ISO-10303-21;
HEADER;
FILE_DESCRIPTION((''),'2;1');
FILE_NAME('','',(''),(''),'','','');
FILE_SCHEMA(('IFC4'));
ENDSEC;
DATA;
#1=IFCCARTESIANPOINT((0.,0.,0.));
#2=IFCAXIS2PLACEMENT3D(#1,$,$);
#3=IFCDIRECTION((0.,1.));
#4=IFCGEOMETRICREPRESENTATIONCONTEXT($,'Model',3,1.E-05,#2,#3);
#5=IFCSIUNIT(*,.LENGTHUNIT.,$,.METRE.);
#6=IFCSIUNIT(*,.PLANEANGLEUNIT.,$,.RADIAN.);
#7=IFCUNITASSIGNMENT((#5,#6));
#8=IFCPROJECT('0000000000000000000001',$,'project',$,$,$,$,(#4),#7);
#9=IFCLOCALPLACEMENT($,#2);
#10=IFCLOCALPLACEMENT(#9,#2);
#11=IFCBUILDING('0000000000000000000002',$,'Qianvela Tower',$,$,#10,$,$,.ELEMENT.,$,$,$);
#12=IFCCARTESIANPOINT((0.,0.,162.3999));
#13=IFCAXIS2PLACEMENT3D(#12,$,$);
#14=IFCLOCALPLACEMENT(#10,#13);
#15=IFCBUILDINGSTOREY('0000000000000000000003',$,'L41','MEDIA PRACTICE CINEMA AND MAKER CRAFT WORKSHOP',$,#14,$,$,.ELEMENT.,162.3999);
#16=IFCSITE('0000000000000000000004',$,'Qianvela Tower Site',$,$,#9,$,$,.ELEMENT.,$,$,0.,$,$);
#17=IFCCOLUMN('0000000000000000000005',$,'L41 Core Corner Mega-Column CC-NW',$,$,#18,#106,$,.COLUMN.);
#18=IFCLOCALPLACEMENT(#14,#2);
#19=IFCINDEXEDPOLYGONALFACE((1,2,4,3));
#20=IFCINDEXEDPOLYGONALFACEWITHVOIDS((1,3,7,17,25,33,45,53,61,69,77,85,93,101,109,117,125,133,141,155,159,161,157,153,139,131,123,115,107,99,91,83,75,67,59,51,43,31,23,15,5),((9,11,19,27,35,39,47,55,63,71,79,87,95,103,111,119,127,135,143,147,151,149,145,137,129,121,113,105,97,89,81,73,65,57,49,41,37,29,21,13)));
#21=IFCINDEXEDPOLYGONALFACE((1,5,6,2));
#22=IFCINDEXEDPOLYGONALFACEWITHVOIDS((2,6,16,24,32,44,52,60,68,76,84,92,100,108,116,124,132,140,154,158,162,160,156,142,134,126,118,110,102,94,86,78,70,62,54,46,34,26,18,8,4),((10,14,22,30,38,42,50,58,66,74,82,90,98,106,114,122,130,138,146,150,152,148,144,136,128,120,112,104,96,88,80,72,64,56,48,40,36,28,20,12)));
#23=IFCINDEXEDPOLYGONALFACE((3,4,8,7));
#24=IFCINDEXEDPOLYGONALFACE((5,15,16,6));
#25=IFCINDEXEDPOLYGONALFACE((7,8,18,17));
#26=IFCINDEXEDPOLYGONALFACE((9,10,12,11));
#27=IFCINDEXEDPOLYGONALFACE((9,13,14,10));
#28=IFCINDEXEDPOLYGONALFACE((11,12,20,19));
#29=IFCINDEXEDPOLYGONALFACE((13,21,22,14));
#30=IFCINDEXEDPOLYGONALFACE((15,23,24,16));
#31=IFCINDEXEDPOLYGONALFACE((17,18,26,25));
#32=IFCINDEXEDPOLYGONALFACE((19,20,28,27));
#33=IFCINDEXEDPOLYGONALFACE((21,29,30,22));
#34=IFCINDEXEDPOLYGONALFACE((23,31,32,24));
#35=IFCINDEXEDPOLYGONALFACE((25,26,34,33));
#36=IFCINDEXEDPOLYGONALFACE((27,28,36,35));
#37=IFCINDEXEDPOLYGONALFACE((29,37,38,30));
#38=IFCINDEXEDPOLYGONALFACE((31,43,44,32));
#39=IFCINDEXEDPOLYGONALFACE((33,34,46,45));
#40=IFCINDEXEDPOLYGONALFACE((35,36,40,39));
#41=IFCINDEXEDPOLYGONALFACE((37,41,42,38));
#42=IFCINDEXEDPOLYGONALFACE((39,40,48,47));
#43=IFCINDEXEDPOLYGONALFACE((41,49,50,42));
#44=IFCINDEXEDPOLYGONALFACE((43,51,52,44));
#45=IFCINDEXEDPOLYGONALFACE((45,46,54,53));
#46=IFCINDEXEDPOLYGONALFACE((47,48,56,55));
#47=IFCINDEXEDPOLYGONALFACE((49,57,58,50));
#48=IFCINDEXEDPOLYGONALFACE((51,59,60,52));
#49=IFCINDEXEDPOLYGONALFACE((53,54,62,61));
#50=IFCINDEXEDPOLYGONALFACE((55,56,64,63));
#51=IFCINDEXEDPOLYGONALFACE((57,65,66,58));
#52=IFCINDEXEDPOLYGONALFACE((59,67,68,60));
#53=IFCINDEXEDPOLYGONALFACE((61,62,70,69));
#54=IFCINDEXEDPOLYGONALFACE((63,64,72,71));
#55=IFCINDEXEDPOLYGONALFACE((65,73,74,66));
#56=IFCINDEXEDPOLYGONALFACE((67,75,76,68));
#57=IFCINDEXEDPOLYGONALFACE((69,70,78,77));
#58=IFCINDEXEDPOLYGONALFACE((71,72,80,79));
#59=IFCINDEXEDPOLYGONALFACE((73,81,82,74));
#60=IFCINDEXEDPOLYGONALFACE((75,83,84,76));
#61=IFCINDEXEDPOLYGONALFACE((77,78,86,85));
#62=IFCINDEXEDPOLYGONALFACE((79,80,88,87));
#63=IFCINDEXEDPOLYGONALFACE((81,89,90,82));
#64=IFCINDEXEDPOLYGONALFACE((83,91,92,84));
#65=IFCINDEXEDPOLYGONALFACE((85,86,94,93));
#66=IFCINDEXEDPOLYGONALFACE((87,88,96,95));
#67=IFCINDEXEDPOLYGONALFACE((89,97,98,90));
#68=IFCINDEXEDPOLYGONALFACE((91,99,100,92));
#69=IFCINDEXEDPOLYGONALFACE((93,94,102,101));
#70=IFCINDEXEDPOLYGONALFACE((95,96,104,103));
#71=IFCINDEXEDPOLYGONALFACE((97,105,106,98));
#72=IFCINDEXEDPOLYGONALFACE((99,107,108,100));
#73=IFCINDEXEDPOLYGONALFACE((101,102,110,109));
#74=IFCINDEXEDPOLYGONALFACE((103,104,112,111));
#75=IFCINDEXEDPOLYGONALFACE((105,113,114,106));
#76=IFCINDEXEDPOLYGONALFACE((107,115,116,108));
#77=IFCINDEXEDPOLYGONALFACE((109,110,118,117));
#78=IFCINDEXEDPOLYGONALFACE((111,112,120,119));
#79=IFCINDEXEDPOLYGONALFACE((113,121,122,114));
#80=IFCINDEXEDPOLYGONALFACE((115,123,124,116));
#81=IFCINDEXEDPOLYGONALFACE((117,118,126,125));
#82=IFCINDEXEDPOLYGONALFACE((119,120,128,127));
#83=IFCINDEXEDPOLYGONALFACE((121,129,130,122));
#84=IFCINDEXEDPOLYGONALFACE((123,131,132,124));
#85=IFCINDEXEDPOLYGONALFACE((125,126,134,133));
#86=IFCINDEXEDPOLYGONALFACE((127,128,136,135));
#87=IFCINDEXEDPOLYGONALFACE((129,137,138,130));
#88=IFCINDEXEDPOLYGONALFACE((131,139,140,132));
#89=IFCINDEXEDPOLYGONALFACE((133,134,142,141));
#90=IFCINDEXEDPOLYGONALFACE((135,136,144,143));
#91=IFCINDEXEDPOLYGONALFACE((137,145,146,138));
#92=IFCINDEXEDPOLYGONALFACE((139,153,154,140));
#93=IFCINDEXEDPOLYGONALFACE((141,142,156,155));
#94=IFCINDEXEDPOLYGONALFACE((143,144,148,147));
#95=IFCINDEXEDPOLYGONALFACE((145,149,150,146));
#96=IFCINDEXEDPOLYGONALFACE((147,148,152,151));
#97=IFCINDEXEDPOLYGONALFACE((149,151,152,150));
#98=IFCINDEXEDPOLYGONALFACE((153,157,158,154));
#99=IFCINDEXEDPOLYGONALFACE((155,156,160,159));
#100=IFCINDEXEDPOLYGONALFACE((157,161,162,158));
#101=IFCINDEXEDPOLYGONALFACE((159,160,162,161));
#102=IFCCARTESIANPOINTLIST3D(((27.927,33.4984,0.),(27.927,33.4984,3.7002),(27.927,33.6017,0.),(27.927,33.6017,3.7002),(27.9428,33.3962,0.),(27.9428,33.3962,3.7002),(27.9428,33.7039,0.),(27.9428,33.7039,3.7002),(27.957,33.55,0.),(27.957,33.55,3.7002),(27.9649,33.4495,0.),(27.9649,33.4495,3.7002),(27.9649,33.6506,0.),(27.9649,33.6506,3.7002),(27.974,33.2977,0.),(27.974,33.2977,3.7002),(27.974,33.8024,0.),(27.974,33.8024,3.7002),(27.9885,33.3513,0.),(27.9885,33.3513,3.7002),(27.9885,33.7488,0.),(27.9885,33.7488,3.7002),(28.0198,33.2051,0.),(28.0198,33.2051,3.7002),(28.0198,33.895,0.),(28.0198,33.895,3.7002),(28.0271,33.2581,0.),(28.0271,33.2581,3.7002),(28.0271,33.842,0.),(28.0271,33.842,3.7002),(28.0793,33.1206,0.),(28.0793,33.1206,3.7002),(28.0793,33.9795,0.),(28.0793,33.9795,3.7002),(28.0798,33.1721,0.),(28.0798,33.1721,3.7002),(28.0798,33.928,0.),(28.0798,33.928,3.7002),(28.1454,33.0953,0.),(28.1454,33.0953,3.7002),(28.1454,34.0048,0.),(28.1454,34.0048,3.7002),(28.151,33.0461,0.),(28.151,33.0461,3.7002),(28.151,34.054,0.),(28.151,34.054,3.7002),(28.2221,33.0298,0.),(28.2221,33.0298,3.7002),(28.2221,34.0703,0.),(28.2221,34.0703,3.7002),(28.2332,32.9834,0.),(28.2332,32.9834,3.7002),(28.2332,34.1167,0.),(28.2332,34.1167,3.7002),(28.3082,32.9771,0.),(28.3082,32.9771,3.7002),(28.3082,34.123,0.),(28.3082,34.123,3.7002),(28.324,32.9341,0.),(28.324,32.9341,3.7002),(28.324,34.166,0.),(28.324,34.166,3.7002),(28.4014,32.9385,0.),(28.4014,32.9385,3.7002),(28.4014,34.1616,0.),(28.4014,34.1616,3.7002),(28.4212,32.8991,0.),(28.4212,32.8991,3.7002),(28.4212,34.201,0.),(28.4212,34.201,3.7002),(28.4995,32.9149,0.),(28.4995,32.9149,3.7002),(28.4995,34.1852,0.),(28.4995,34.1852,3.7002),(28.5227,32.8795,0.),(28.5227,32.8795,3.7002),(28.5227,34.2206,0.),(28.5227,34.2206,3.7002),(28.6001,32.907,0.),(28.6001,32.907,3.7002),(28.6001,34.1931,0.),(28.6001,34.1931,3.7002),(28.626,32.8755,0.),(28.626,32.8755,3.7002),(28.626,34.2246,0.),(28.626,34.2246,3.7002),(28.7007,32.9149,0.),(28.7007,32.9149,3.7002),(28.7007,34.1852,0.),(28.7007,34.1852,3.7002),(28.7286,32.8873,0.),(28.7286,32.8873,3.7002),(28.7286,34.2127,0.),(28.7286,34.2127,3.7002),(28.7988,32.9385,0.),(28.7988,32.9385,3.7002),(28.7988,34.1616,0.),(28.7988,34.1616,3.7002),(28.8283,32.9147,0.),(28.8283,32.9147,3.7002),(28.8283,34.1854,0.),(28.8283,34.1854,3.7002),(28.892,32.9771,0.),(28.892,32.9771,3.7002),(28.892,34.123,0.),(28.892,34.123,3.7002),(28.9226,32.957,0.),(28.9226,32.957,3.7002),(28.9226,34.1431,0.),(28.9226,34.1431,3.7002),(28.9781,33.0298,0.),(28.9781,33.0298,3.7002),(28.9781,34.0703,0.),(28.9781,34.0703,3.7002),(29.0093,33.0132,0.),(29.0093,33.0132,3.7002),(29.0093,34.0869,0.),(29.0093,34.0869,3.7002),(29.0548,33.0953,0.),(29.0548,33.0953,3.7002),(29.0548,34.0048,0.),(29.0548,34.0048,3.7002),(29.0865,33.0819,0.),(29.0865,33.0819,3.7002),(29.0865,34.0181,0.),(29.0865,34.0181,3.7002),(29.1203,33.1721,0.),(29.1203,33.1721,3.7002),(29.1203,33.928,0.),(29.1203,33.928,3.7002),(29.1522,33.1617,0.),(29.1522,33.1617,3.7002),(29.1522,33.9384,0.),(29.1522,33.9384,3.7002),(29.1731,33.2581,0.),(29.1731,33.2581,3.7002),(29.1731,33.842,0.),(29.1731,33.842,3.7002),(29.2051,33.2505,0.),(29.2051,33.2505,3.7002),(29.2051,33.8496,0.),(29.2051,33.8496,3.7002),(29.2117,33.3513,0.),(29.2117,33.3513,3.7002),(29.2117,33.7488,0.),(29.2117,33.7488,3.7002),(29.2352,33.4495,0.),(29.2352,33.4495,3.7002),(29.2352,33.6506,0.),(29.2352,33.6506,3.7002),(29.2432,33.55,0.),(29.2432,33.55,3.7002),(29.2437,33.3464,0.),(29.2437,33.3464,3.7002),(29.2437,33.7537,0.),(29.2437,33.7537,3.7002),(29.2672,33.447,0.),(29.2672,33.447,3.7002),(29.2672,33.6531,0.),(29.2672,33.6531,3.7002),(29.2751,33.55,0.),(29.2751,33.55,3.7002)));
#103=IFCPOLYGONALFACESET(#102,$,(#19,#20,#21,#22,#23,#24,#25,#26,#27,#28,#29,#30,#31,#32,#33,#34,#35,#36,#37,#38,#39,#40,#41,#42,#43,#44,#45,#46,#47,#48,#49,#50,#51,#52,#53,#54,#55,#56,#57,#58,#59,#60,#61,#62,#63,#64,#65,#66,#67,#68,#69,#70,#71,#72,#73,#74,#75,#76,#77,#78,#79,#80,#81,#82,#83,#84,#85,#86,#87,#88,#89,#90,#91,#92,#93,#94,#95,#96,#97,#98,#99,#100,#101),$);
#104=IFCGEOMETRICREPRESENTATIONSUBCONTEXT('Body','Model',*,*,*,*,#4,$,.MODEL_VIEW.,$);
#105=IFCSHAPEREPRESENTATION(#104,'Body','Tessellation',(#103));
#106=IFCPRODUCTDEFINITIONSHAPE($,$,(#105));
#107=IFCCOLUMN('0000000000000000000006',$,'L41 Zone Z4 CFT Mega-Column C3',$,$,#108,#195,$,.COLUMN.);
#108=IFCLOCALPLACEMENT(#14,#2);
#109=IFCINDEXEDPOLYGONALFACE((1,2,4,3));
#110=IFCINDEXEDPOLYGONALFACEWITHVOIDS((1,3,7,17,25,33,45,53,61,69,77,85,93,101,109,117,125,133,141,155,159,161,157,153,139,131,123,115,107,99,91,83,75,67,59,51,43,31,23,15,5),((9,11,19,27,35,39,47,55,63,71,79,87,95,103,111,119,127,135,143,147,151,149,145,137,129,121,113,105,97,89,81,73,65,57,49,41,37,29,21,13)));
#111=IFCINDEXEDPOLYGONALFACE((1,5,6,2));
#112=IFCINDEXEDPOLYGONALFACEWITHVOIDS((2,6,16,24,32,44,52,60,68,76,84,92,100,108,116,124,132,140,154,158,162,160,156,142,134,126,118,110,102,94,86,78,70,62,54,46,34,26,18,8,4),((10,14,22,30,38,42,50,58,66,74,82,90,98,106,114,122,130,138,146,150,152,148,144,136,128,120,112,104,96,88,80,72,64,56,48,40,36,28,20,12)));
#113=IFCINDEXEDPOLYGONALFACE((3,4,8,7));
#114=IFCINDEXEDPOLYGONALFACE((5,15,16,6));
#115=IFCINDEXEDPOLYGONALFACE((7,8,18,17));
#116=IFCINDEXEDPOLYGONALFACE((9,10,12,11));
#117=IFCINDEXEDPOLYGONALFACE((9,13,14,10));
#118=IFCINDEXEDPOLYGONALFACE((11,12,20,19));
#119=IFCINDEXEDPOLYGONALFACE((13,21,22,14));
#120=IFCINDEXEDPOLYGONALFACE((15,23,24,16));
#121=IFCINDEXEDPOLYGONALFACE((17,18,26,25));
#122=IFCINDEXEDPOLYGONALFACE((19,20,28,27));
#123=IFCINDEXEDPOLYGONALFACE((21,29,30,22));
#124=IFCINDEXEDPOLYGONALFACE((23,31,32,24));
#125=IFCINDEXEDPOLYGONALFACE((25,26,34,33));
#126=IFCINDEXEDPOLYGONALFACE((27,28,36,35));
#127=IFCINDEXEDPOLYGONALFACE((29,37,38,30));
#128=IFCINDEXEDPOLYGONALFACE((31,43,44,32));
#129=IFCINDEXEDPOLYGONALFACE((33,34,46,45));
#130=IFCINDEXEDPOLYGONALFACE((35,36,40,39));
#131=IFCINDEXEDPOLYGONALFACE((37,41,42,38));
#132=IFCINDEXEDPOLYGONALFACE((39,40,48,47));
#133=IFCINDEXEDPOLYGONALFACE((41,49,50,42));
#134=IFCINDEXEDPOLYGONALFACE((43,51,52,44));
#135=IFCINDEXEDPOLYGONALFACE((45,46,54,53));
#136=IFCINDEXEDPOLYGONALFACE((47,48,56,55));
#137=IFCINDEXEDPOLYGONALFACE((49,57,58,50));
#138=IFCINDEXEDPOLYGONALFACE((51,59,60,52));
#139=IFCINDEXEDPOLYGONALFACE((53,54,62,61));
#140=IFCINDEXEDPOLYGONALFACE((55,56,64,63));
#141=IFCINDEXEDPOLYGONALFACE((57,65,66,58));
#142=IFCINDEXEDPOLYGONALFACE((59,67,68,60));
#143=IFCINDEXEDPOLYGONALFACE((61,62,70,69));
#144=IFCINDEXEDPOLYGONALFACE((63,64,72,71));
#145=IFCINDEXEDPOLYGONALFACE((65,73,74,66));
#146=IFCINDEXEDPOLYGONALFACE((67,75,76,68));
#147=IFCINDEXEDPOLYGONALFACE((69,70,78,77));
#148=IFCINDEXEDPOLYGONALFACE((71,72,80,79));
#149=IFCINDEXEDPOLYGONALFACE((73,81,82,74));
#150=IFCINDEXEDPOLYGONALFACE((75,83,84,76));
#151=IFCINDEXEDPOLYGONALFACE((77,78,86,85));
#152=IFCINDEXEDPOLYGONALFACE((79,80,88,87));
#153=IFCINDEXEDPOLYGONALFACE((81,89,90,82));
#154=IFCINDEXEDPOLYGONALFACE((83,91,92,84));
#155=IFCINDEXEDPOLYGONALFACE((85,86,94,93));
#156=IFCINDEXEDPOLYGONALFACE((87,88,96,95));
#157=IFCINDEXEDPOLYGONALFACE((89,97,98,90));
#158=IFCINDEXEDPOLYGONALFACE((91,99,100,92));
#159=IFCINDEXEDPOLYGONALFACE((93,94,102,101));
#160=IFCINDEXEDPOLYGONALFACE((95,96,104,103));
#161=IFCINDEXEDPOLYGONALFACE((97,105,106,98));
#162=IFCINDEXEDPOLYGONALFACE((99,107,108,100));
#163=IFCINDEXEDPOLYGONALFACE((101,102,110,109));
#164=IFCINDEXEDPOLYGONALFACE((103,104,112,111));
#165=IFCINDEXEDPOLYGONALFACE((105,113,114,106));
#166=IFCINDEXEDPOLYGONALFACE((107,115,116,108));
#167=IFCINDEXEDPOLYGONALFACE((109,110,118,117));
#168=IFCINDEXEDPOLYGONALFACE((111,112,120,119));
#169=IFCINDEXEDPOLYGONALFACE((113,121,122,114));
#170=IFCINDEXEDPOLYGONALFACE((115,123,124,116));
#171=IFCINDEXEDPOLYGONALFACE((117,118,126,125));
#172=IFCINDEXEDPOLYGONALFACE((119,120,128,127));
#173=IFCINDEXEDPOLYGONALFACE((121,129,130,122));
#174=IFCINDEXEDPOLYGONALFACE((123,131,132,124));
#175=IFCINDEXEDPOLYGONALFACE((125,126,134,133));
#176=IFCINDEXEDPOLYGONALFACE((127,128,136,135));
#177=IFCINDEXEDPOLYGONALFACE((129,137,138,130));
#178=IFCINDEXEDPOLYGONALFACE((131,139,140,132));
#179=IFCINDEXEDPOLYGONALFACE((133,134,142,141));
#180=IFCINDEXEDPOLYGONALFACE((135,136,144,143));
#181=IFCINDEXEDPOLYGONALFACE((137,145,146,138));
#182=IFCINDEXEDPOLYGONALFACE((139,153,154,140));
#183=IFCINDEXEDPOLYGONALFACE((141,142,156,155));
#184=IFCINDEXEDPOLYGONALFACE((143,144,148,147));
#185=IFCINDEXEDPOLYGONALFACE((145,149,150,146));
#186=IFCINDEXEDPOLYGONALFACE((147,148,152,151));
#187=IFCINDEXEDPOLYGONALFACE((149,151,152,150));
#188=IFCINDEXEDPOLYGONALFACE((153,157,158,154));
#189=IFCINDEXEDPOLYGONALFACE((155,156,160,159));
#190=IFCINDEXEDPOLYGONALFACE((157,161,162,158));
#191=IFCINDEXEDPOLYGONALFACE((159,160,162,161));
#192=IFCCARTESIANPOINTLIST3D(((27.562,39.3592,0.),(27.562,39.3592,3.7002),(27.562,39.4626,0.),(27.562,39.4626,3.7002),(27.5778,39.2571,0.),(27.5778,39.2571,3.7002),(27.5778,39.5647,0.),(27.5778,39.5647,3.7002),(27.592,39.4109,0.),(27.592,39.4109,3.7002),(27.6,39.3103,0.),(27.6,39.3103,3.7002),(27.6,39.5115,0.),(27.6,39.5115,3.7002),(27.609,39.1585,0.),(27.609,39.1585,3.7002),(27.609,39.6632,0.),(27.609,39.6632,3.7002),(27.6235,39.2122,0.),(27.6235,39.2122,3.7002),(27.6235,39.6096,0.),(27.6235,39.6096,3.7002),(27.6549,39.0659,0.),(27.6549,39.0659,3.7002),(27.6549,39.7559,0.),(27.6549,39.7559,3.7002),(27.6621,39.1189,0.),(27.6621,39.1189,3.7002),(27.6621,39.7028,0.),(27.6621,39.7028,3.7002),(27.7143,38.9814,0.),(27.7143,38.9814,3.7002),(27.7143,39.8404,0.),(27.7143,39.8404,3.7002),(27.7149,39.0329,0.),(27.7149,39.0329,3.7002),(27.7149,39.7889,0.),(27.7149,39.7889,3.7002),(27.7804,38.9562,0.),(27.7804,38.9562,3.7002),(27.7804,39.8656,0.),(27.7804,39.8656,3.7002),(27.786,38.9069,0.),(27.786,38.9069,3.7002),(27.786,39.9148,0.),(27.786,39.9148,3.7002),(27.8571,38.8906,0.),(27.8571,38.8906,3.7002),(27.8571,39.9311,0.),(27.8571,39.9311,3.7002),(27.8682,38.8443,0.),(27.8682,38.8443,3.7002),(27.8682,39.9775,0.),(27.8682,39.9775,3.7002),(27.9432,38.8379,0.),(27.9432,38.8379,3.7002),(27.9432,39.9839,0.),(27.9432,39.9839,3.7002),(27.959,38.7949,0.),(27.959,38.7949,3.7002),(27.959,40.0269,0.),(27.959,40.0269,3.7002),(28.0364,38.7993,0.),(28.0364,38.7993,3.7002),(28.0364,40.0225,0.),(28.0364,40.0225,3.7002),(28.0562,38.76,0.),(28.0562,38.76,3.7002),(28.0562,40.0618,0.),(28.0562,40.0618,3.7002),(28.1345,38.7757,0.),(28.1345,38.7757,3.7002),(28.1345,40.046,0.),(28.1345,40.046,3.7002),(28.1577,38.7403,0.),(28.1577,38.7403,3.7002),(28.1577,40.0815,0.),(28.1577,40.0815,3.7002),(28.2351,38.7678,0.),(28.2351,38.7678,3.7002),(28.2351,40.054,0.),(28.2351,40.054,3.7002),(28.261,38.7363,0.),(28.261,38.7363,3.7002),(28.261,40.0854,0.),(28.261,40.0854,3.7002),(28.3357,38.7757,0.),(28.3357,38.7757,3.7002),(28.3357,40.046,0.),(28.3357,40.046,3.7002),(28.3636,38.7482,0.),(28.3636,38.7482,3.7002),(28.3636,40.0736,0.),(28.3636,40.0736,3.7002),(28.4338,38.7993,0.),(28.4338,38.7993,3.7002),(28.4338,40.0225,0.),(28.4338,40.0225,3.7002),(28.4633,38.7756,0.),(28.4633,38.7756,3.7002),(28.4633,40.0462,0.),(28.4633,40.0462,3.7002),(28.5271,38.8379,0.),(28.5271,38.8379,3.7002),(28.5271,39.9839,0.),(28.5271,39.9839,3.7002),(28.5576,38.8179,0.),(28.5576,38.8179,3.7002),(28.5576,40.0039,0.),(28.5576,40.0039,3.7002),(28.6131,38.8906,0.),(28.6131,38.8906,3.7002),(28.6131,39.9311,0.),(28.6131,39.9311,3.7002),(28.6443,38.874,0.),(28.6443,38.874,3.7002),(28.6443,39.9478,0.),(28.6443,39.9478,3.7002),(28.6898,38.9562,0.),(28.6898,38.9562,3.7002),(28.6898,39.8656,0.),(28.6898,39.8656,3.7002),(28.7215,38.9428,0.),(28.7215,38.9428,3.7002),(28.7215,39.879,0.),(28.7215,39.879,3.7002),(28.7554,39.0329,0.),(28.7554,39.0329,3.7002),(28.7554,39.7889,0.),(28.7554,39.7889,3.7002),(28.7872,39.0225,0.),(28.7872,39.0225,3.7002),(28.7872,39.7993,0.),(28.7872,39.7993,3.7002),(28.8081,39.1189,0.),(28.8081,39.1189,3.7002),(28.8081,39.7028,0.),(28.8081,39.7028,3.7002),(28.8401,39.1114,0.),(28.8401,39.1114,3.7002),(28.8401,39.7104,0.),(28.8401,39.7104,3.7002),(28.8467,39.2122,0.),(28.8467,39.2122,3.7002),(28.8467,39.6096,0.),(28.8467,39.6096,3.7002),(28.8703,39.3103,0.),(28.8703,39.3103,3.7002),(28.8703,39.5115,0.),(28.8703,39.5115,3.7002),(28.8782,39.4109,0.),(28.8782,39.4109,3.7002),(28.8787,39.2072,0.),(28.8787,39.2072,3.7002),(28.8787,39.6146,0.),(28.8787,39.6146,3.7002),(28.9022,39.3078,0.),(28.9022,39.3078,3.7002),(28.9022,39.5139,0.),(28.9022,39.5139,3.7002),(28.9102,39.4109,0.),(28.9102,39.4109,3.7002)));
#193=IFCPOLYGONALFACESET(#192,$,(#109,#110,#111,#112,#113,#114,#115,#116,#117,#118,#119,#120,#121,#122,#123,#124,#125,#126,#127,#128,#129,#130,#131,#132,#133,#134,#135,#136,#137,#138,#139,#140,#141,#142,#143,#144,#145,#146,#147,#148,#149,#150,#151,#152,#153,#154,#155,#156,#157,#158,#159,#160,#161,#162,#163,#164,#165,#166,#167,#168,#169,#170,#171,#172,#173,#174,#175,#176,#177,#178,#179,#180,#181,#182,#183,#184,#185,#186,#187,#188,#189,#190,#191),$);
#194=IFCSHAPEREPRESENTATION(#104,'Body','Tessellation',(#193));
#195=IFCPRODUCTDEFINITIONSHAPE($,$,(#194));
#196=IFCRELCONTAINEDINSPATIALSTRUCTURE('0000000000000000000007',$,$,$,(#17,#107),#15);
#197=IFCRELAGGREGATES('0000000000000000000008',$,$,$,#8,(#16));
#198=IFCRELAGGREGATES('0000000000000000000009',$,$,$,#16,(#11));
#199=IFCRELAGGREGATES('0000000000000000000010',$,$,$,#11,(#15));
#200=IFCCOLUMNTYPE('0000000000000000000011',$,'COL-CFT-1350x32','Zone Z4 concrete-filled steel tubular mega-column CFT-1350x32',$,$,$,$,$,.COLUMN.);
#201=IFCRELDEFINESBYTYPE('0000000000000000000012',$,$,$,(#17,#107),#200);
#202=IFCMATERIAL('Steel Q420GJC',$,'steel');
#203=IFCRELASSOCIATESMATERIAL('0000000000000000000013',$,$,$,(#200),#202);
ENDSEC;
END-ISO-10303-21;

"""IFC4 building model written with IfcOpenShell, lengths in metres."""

from ifc_helpers import new_model, si_unit, direction, frame, origin, origin_2d, place, context, subcontext, project, spatial, hollow_circle, extrude, material, material_profile, profile_set, type_object, element, save


model = new_model("IFC4")

# Units and contexts
model_context = context("Model", 3, precision=1e-05, world=origin(), true_north=direction((0.0, 1.0)))
body_context = subcontext(model_context, "Body", "Model", "MODEL_VIEW")
ifc_project = project(units=[si_unit("LENGTHUNIT", "METRE"), si_unit("PLANEANGLEUNIT", "RADIAN")], contexts=[model_context])

# Site, building, storey
site_placement = place(None, origin())
site = spatial("IfcSite", under=ifc_project, at=site_placement, Name="Qianvela Tower Site", CompositionType="ELEMENT", RefElevation=0.0)
building_placement = place(site_placement, origin())
building = spatial("IfcBuilding", under=site, at=building_placement, Name="Qianvela Tower", CompositionType="ELEMENT")
storey_placement = place(building_placement, frame((0.0, 0.0, 162.3999)))
storey = spatial("IfcBuildingStorey", under=building, at=storey_placement, Name="L41", Description="MEDIA PRACTICE CINEMA AND MAKER CRAFT WORKSHOP", CompositionType="ELEMENT", Elevation=162.3999)

# Columns
ifc_material_1 = material(Name="Steel Q420GJC", Category="steel")
ifc_material_profile_1 = material_profile(ifc_material_1, hollow_circle(Radius=0.675, WallThickness=0.032, at=origin_2d()), Name="CFT-1350x32")
ifc_profile_set_1 = profile_set([ifc_material_profile_1], Name="Steel Q420GJC")
column_type = type_object("IfcColumnType", Name="COL-CFT-1350x32", Description="Zone Z4 concrete-filled steel tubular mega-column CFT-1350x32", PredefinedType="COLUMN", material=ifc_profile_set_1)
for number, where, z_axis, x_axis, name in (
    (1, (28.6001, 33.55, 0.0), (0.0, 0.0, 1.0), (1.0, 0.0, 0.0), "L41 Core Corner Mega-Column CC-NW"),
    (2, (28.2351, 39.4109, 0.0), (0.0, 0.0, 1.0), (1.0, 0.0, 0.0), "L41 Zone Z4 CFT Mega-Column C3"),
):
    element("IfcColumn", number, at=place(storey_placement, frame(where, z_axis=z_axis, x_axis=x_axis)), inside=storey, type_object=column_type, Name=name, PredefinedType="COLUMN", context=body_context, shape_type="SweptSolid", body=[
        extrude(hollow_circle(Radius=0.675, WallThickness=0.032, at=origin_2d()), origin(), (0.0, 0.0, 1.0), 3.7002),
    ])

save(model, "model.ifc")
